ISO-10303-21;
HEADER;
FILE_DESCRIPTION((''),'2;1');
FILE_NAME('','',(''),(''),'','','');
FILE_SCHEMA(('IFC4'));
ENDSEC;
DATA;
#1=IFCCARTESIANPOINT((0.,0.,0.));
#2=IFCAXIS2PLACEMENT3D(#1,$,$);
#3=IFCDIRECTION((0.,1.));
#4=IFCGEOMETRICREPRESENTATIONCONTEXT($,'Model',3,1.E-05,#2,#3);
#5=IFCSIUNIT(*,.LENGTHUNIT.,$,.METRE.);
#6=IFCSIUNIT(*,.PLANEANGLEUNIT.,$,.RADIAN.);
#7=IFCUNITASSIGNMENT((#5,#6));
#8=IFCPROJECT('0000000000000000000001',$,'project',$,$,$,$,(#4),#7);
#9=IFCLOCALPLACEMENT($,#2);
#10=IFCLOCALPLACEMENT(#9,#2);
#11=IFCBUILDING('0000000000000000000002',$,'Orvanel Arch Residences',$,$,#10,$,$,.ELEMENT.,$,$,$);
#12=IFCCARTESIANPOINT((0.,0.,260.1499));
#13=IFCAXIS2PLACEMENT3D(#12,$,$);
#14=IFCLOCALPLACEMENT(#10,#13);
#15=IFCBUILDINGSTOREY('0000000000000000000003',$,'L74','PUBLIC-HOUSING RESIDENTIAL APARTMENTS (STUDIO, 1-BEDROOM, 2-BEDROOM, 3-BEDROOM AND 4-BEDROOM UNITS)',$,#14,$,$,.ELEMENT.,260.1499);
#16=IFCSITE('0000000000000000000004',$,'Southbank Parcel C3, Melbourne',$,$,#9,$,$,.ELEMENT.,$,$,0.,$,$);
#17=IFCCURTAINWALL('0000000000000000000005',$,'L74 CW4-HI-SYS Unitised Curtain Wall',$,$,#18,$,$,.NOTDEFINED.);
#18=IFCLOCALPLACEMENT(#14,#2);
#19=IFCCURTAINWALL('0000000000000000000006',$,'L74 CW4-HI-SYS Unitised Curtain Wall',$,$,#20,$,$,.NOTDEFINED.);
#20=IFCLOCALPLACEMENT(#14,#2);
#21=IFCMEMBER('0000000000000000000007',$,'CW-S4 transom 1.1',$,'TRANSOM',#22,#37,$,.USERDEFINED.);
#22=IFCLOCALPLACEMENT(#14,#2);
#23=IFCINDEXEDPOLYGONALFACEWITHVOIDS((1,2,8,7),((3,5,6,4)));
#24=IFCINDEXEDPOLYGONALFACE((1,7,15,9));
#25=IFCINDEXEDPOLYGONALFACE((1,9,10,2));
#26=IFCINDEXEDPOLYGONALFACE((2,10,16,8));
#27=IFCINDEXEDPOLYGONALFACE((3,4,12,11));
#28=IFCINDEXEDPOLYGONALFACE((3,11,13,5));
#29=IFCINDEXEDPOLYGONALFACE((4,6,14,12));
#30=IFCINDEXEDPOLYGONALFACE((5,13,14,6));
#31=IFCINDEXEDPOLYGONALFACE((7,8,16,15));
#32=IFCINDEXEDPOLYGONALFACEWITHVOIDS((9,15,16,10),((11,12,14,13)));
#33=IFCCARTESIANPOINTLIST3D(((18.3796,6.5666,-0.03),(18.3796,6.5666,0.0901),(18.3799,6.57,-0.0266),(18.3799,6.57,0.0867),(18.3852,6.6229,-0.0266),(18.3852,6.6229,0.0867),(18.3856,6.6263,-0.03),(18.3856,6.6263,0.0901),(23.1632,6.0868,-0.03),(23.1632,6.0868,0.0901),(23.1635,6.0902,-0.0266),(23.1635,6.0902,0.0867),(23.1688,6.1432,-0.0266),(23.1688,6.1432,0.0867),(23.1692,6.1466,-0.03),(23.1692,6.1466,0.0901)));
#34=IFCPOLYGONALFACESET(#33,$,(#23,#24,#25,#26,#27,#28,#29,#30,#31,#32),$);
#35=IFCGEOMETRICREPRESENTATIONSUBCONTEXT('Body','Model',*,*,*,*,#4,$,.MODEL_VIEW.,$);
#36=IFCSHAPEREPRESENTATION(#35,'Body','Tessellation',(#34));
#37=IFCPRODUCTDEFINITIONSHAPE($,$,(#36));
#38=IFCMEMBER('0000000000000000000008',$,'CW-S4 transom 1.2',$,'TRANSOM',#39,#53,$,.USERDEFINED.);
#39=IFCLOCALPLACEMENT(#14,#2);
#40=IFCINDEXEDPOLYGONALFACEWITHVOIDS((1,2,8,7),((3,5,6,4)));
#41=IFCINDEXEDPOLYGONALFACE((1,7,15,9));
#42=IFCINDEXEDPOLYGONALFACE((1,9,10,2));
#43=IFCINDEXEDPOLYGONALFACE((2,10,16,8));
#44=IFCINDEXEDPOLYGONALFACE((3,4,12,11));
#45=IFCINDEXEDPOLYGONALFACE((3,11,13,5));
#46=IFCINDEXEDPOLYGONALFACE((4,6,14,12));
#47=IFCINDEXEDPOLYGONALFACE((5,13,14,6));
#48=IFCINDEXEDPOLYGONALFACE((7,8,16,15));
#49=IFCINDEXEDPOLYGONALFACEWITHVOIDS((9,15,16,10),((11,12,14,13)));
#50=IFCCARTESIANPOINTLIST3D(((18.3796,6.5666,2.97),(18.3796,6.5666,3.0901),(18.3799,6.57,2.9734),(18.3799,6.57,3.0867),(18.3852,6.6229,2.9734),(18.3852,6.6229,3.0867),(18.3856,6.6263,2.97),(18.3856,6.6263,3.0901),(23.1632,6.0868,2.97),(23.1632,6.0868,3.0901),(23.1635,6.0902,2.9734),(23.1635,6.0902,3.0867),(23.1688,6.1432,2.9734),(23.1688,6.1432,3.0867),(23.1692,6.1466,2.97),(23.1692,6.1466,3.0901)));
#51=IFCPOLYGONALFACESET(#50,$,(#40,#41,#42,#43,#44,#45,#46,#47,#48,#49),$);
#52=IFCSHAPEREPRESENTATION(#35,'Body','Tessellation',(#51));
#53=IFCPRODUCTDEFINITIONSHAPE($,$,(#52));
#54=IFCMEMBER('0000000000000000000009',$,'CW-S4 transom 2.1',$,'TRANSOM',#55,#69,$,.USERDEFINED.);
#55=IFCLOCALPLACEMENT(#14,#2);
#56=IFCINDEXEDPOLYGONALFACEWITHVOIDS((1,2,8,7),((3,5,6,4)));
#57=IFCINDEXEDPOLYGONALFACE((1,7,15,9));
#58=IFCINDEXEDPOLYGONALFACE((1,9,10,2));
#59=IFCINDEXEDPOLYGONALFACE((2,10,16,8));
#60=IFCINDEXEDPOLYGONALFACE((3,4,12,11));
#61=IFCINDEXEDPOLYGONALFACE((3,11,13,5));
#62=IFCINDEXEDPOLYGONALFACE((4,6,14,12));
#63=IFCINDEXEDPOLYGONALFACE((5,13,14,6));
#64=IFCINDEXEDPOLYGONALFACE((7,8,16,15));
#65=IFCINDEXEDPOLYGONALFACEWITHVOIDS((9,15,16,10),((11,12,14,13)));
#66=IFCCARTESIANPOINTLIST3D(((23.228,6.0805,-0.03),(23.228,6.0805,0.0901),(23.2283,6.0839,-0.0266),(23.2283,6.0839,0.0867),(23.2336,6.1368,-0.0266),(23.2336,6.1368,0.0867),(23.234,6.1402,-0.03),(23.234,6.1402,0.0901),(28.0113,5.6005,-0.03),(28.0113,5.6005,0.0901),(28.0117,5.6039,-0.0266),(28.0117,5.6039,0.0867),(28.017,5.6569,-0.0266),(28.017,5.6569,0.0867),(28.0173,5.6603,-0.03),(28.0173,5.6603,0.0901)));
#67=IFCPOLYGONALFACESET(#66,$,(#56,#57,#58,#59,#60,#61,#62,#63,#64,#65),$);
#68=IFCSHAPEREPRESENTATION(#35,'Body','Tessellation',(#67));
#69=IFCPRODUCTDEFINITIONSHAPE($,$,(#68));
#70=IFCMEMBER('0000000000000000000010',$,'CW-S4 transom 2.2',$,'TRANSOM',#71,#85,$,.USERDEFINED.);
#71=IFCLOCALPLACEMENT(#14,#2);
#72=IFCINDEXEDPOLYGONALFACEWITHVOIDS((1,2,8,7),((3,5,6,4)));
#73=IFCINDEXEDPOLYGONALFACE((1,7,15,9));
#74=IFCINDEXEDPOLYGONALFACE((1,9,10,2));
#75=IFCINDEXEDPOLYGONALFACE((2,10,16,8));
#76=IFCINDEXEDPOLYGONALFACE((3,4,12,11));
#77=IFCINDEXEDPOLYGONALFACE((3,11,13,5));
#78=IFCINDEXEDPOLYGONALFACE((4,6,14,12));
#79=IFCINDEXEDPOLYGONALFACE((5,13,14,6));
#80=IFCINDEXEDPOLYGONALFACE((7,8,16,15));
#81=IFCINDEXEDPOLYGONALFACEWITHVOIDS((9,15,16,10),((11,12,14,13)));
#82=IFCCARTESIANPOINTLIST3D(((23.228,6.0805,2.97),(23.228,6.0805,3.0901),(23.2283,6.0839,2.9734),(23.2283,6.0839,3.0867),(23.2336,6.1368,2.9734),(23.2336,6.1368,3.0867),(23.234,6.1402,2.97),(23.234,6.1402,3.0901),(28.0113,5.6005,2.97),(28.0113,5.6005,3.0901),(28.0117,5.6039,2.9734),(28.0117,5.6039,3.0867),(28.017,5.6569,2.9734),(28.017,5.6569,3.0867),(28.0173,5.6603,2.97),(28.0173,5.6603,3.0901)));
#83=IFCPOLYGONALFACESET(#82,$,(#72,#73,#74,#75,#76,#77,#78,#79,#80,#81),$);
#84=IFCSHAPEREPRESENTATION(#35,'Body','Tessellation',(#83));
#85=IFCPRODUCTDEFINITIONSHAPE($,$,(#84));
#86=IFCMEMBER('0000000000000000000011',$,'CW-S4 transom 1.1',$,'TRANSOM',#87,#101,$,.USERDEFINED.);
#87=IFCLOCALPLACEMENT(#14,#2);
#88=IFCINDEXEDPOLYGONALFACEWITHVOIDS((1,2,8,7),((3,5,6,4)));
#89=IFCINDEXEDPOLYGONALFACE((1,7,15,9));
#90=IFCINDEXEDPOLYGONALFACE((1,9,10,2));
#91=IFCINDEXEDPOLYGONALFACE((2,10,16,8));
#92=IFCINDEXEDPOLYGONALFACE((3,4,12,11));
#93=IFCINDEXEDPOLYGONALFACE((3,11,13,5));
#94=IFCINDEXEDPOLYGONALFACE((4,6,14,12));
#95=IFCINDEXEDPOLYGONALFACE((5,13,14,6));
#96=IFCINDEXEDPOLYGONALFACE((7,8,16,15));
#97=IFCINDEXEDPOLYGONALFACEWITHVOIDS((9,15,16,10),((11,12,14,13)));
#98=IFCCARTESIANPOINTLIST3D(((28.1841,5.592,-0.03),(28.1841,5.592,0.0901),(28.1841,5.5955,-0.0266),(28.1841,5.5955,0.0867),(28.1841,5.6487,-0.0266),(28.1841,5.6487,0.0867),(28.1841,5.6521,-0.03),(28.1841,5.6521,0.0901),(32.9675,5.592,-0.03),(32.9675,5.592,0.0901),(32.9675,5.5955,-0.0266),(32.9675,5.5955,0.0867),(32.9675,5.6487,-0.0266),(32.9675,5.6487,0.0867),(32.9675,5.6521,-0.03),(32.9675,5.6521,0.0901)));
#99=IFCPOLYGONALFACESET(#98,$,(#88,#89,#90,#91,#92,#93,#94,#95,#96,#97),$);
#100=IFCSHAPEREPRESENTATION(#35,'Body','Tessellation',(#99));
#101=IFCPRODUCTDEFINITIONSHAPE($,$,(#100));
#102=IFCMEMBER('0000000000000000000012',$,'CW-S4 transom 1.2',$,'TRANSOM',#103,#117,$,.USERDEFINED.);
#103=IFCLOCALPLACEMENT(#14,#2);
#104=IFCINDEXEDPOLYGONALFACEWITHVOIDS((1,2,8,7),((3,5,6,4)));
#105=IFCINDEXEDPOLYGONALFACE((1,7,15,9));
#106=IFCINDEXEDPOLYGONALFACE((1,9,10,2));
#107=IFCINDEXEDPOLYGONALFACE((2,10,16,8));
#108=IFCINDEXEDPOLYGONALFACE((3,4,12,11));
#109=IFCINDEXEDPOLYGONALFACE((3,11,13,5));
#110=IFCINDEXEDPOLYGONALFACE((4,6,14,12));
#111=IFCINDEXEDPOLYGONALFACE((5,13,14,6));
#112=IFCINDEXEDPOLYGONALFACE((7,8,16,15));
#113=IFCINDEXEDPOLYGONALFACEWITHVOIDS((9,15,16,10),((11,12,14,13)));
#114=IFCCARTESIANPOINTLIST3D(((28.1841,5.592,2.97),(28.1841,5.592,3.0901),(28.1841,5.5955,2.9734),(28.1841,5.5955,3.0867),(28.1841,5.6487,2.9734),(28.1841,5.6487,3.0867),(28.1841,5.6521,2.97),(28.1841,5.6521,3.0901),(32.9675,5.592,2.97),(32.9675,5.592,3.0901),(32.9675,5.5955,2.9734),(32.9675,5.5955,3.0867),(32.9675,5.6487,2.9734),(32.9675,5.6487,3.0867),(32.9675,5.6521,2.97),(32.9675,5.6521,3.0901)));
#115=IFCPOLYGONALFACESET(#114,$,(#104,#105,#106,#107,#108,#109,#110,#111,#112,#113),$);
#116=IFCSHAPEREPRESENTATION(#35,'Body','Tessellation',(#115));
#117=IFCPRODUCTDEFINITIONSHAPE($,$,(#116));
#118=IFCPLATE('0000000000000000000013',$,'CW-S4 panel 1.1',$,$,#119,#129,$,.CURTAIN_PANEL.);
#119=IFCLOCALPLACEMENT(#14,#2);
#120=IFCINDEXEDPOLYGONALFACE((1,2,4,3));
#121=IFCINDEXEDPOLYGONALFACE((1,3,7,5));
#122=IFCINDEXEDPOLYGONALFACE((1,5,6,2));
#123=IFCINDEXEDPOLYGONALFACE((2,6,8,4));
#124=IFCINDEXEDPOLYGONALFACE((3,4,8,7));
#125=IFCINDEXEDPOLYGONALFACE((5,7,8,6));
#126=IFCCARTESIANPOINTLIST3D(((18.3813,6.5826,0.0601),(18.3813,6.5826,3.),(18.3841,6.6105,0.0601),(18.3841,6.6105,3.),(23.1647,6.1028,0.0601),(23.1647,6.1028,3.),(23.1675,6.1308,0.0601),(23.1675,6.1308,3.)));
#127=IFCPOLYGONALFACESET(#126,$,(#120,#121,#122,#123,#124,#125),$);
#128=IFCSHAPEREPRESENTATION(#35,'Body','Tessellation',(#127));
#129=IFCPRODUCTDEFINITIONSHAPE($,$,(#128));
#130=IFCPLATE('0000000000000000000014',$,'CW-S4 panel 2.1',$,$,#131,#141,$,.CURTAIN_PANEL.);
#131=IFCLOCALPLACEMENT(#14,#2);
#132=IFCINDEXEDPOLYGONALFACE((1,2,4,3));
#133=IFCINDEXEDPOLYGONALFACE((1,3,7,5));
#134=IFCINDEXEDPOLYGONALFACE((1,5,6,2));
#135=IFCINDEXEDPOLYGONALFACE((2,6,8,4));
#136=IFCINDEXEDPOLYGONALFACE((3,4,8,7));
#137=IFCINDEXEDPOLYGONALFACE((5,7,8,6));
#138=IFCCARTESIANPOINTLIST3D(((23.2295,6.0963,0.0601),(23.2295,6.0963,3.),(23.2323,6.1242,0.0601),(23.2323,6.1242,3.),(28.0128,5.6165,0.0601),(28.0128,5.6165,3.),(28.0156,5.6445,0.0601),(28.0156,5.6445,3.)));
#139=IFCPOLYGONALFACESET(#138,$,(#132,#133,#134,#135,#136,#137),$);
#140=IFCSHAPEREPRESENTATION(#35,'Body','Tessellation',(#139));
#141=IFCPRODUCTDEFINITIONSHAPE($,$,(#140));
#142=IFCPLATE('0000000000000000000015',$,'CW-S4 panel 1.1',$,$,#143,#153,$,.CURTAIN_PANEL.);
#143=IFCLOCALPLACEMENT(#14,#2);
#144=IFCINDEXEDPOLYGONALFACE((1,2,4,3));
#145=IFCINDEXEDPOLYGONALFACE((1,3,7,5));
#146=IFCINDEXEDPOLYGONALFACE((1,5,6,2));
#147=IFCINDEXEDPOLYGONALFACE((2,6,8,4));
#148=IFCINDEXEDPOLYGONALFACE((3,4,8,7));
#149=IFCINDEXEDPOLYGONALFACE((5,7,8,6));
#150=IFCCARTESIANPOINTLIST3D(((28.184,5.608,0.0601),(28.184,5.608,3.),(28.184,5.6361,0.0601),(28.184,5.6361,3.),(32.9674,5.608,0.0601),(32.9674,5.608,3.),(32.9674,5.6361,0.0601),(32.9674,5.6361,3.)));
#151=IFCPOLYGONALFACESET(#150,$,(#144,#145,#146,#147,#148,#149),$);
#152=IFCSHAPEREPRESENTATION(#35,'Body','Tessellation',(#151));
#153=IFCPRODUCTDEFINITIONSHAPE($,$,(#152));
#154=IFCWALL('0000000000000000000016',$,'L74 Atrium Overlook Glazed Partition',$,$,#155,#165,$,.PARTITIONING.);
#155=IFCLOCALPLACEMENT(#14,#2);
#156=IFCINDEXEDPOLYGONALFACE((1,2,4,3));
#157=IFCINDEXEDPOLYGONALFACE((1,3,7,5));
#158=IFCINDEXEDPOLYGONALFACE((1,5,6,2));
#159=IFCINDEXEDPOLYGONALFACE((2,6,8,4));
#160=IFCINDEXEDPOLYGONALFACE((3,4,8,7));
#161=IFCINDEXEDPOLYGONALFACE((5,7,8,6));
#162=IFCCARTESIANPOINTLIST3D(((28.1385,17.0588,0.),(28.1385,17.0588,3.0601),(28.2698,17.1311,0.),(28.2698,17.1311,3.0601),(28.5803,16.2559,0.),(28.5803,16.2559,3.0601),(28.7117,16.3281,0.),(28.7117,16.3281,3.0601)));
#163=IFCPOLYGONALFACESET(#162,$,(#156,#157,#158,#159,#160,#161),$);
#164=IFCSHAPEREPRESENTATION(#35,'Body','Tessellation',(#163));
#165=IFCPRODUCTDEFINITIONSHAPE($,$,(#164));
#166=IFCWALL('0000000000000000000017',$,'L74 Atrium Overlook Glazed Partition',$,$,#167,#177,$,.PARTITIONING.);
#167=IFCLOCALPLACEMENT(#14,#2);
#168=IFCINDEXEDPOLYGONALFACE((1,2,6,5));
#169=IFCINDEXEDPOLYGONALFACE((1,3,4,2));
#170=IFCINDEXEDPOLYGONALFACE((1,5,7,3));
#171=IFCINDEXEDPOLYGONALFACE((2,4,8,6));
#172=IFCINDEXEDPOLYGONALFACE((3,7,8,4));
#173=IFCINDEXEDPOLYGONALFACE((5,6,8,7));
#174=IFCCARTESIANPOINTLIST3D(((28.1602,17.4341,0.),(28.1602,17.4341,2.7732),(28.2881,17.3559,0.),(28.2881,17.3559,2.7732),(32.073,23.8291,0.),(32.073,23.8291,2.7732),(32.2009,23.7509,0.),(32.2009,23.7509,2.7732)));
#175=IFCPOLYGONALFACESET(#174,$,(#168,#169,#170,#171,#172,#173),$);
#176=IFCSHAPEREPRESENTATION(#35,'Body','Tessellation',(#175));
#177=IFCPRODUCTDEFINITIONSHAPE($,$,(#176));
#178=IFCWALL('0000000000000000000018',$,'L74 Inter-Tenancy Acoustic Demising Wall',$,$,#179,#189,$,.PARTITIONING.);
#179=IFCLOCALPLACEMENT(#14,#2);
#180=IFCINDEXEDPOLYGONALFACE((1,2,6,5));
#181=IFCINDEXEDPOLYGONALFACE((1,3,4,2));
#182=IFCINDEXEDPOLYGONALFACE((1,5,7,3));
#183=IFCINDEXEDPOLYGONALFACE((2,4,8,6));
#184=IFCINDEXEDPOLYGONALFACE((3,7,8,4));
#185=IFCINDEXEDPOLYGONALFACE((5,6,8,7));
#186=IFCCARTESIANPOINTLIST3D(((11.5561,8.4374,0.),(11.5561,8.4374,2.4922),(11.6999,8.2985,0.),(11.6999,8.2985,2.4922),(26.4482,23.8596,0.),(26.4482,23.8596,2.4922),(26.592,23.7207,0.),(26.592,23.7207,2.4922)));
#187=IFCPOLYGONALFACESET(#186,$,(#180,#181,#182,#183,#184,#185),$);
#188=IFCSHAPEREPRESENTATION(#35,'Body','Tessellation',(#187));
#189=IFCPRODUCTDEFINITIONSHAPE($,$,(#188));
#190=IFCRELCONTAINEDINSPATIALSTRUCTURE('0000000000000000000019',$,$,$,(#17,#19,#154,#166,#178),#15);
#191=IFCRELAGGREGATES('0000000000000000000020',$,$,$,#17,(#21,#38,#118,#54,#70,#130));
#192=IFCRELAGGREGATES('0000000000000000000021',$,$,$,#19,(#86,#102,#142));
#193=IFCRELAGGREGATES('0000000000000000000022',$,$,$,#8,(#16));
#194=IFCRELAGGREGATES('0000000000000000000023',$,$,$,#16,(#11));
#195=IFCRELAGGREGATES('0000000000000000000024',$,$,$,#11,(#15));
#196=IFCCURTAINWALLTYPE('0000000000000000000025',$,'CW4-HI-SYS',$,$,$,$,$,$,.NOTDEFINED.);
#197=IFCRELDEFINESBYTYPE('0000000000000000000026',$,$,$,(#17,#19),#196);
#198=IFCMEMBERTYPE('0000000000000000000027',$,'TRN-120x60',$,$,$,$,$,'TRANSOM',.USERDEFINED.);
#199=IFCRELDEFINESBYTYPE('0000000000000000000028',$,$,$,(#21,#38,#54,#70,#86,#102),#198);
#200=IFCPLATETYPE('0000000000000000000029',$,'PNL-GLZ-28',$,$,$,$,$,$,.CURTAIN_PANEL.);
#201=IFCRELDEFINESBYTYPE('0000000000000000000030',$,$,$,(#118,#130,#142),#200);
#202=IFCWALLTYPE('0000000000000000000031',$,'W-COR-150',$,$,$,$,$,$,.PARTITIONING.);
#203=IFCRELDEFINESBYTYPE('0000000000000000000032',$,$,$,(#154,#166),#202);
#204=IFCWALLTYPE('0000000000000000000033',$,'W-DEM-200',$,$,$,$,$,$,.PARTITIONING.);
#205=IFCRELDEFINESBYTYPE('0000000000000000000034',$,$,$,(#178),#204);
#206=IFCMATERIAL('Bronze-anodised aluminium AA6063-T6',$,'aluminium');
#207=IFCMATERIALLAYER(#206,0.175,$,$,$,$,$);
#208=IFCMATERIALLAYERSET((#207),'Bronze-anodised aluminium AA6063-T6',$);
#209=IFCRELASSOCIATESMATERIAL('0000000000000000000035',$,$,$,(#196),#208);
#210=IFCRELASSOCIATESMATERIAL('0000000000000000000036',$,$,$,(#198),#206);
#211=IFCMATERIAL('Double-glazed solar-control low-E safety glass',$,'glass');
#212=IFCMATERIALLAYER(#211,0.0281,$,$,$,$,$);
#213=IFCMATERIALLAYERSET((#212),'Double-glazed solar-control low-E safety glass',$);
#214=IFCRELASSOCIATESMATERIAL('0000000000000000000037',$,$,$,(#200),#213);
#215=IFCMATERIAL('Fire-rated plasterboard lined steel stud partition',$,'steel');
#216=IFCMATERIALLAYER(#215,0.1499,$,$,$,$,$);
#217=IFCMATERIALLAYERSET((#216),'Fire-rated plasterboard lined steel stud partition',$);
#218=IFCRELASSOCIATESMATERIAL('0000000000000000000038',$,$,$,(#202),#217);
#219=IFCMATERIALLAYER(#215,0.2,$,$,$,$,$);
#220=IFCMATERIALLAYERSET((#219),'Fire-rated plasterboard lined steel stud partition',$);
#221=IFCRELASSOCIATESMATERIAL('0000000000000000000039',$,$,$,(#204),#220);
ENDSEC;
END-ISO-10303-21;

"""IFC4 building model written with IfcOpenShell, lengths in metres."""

from ifc_helpers import new_model, si_unit, direction, frame, frame_2d, origin, origin_2d, place, context, subcontext, project, spatial, rectangle, hollow_rectangle, extrude, material, layer, layer_set, material_profile, profile_set, type_object, element, aggregate, save


model = new_model("IFC4")

# Units and contexts
model_context = context("Model", 3, precision=1e-05, world=origin(), true_north=direction((0.0, 1.0)))
body_context = subcontext(model_context, "Body", "Model", "MODEL_VIEW")
ifc_project = project(units=[si_unit("LENGTHUNIT", "METRE"), si_unit("PLANEANGLEUNIT", "RADIAN")], contexts=[model_context])

# Site, building, storey
site_placement = place(None, origin())
site = spatial("IfcSite", under=ifc_project, at=site_placement, Name="Southbank Parcel C3, Melbourne", CompositionType="ELEMENT", RefElevation=0.0)
building_placement = place(site_placement, origin())
building = spatial("IfcBuilding", under=site, at=building_placement, Name="Orvanel Arch Residences", CompositionType="ELEMENT")
storey_placement = place(building_placement, frame((0.0, 0.0, 260.1499)))
storey = spatial("IfcBuildingStorey", under=building, at=storey_placement, Name="L74", Description="PUBLIC-HOUSING RESIDENTIAL APARTMENTS (STUDIO, 1-BEDROOM, 2-BEDROOM, 3-BEDROOM AND 4-BEDROOM UNITS)", CompositionType="ELEMENT", Elevation=260.1499)

# Shared definitions
ifc_material_1 = material(Name="Bronze-anodised aluminium AA6063-T6", Category="aluminium")

# Curtain wall
ifc_layer_1 = layer(ifc_material_1, 0.175)
ifc_layer_set_1 = layer_set([ifc_layer_1], Name="Bronze-anodised aluminium AA6063-T6")
curtain_wall_type_1 = type_object("IfcCurtainWallType", Name="CW4-HI-SYS", PredefinedType="NOTDEFINED", material=ifc_layer_set_1)
curtain_wall_1_placement = place(storey_placement, origin())
curtain_wall_1 = element("IfcCurtainWall", 1, at=curtain_wall_1_placement, inside=storey, type_object=curtain_wall_type_1, Name="L74 CW4-HI-SYS Unitised Curtain Wall", PredefinedType="NOTDEFINED")

# Curtain wall
curtain_wall_2_placement = place(storey_placement, origin())
curtain_wall_2 = element("IfcCurtainWall", 2, at=curtain_wall_2_placement, inside=storey, type_object=curtain_wall_type_1, Name="L74 CW4-HI-SYS Unitised Curtain Wall", PredefinedType="NOTDEFINED")

# Members
ifc_material_profile_1 = material_profile(ifc_material_1, hollow_rectangle(XDim=0.0601, YDim=0.1201, WallThickness=0.0034, at=origin_2d()), Name="ALU120x60x3.5")
ifc_profile_set_1 = profile_set([ifc_material_profile_1], Name="Bronze-anodised aluminium AA6063-T6")
member_type_1 = type_object("IfcMemberType", Name="TRN-120x60", ElementType="TRANSOM", PredefinedType="USERDEFINED", material=ifc_profile_set_1)
member_1_placement = place(storey_placement, frame((18.3826, 6.5964, 0.03), z_axis=(0.995009, -0.099785, 0.0), x_axis=(0.099785, 0.995009, 0.0)))
member_1 = element("IfcMember", 3, at=member_1_placement, type_object=member_type_1, Name="CW-S4 transom 1.1", ObjectType="TRANSOM", PredefinedType="USERDEFINED", context=body_context, shape_type="SweptSolid", body=[
    extrude(hollow_rectangle(XDim=0.0601, YDim=0.1201, WallThickness=0.0034, at=origin_2d()), origin(), (0.0, 0.0, 1.0), 4.8076),
])
member_2_placement = place(storey_placement, frame((18.3826, 6.5964, 3.03), z_axis=(0.995009, -0.099785, 0.0), x_axis=(0.099785, 0.995009, 0.0)))
member_2 = element("IfcMember", 4, at=member_2_placement, type_object=member_type_1, Name="CW-S4 transom 1.2", ObjectType="TRANSOM", PredefinedType="USERDEFINED", context=body_context, shape_type="SweptSolid", body=[
    extrude(hollow_rectangle(XDim=0.0601, YDim=0.1201, WallThickness=0.0034, at=origin_2d()), origin(), (0.0, 0.0, 1.0), 4.8076),
])
member_3_placement = place(storey_placement, frame((23.231, 6.1104, 0.03), z_axis=(0.995003, -0.099841, 0.0), x_axis=(0.099841, 0.995003, 0.0)))
member_3 = element("IfcMember", 5, at=member_3_placement, type_object=member_type_1, Name="CW-S4 transom 2.1", ObjectType="TRANSOM", PredefinedType="USERDEFINED", context=body_context, shape_type="SweptSolid", body=[
    extrude(hollow_rectangle(XDim=0.0601, YDim=0.1201, WallThickness=0.0034, at=origin_2d()), origin(), (0.0, 0.0, 1.0), 4.8074),
])
member_4_placement = place(storey_placement, frame((23.231, 6.1104, 3.03), z_axis=(0.995003, -0.099841, 0.0), x_axis=(0.099841, 0.995003, 0.0)))
member_4 = element("IfcMember", 6, at=member_4_placement, type_object=member_type_1, Name="CW-S4 transom 2.2", ObjectType="TRANSOM", PredefinedType="USERDEFINED", context=body_context, shape_type="SweptSolid", body=[
    extrude(hollow_rectangle(XDim=0.0601, YDim=0.1201, WallThickness=0.0034, at=origin_2d()), origin(), (0.0, 0.0, 1.0), 4.8074),
])
member_5_placement = place(storey_placement, frame((28.1841, 5.6221, 0.03), z_axis=(1.0, 0.0, 0.0), x_axis=(0.0, 1.0, 0.0)))
member_5 = element("IfcMember", 7, at=member_5_placement, type_object=member_type_1, Name="CW-S4 transom 1.1", ObjectType="TRANSOM", PredefinedType="USERDEFINED", context=body_context, shape_type="SweptSolid", body=[
    extrude(hollow_rectangle(XDim=0.0601, YDim=0.1201, WallThickness=0.0034, at=origin_2d()), origin(), (0.0, 0.0, 1.0), 4.7834),
])
member_6_placement = place(storey_placement, frame((28.1841, 5.6221, 3.03), z_axis=(1.0, 0.0, 0.0), x_axis=(0.0, 1.0, 0.0)))
member_6 = element("IfcMember", 8, at=member_6_placement, type_object=member_type_1, Name="CW-S4 transom 1.2", ObjectType="TRANSOM", PredefinedType="USERDEFINED", context=body_context, shape_type="SweptSolid", body=[
    extrude(hollow_rectangle(XDim=0.0601, YDim=0.1201, WallThickness=0.0034, at=origin_2d()), origin(), (0.0, 0.0, 1.0), 4.7834),
])

# Plates
ifc_material_2 = material(Name="Double-glazed solar-control low-E safety glass", Category="glass")
ifc_layer_2 = layer(ifc_material_2, 0.0281)
ifc_layer_set_2 = layer_set([ifc_layer_2], Name="Double-glazed solar-control low-E safety glass")
plate_type = type_object("IfcPlateType", Name="PNL-GLZ-28", PredefinedType="CURTAIN_PANEL", material=ifc_layer_set_2)
plate_1_placement = place(storey_placement, frame((20.7744, 6.3567, 0.0601), z_axis=(0.0, 0.0, 1.0), x_axis=(0.995008, -0.099796, 0.0)))
plate_1 = element("IfcPlate", 9, at=plate_1_placement, type_object=plate_type, Name="CW-S4 panel 1.1", PredefinedType="CURTAIN_PANEL", context=body_context, shape_type="SweptSolid", body=[
    extrude(rectangle(XDim=4.8074, YDim=0.0281, at=origin_2d()), origin(), (0.0, 0.0, 1.0), 2.9399),
])
plate_2_placement = place(storey_placement, frame((25.6226, 5.8704, 0.0601), z_axis=(0.0, 0.0, 1.0), x_axis=(0.995008, -0.099796, 0.0)))
plate_2 = element("IfcPlate", 10, at=plate_2_placement, type_object=plate_type, Name="CW-S4 panel 2.1", PredefinedType="CURTAIN_PANEL", context=body_context, shape_type="SweptSolid", body=[
    extrude(rectangle(XDim=4.8074, YDim=0.0281, at=origin_2d()), origin(), (0.0, 0.0, 1.0), 2.9399),
])
aggregate(curtain_wall_1, [member_1, member_2, plate_1, member_3, member_4, plate_2])
plate_3_placement = place(storey_placement, frame((30.5757, 5.6221, 0.0601), z_axis=(0.0, 0.0, 1.0), x_axis=(1.0, 0.0, 0.0)))
plate_3 = element("IfcPlate", 11, at=plate_3_placement, type_object=plate_type, Name="CW-S4 panel 1.1", PredefinedType="CURTAIN_PANEL", context=body_context, shape_type="SweptSolid", body=[
    extrude(rectangle(XDim=4.7834, YDim=0.0281, at=origin_2d()), origin(), (0.0, 0.0, 1.0), 2.9399),
])
aggregate(curtain_wall_2, [member_5, member_6, plate_3])

# Walls
ifc_material_3 = material(Name="Fire-rated plasterboard lined steel stud partition", Category="steel")
ifc_layer_3 = layer(ifc_material_3, 0.1499)
ifc_layer_set_3 = layer_set([ifc_layer_3], Name="Fire-rated plasterboard lined steel stud partition")
wall_type_1 = type_object("IfcWallType", Name="W-COR-150", PredefinedType="PARTITIONING", material=ifc_layer_set_3)
wall_1_placement = place(storey_placement, frame((28.646, 16.292, 0.0), z_axis=(0.0, 0.0, 1.0), x_axis=(-0.482133, 0.876098, 0.0)))
element("IfcWall", 12, at=wall_1_placement, inside=storey, type_object=wall_type_1, Name="L74 Atrium Overlook Glazed Partition", PredefinedType="PARTITIONING", context=body_context, shape_type="SweptSolid", body=[
    extrude(rectangle(XDim=0.9165, YDim=0.1499, at=frame_2d((0.4583, 0.0))), origin(), (0.0, 0.0, 1.0), 3.0601),
])
wall_2_placement = place(storey_placement, frame((28.2241, 17.395, 0.0), z_axis=(0.0, 0.0, 1.0), x_axis=(0.521914, 0.852998, 0.0)))
element("IfcWall", 13, at=wall_2_placement, inside=storey, type_object=wall_type_1, Name="L74 Atrium Overlook Glazed Partition", PredefinedType="PARTITIONING", context=body_context, shape_type="SweptSolid", body=[
    extrude(rectangle(XDim=7.4971, YDim=0.1499, at=frame_2d((3.7485, 0.0))), origin(), (0.0, 0.0, 1.0), 2.7732),
])
ifc_layer_4 = layer(ifc_material_3, 0.2)
ifc_layer_set_4 = layer_set([ifc_layer_4], Name="Fire-rated plasterboard lined steel stud partition")
wall_type_2 = type_object("IfcWallType", Name="W-DEM-200", PredefinedType="PARTITIONING", material=ifc_layer_set_4)
wall_3_placement = place(storey_placement, frame((26.52, 23.79, 0.0), z_axis=(0.0, 0.0, 1.0), x_axis=(-0.694637, -0.71936, 0.0)))
element("IfcWall", 14, at=wall_3_placement, inside=storey, type_object=wall_type_2, Name="L74 Inter-Tenancy Acoustic Demising Wall", PredefinedType="PARTITIONING", context=body_context, shape_type="SweptSolid", body=[
    extrude(rectangle(XDim=21.4387, YDim=0.2, at=frame_2d((10.7192, 0.0))), origin(), (0.0, 0.0, 1.0), 2.4922),
])

save(model, "model.ifc")
